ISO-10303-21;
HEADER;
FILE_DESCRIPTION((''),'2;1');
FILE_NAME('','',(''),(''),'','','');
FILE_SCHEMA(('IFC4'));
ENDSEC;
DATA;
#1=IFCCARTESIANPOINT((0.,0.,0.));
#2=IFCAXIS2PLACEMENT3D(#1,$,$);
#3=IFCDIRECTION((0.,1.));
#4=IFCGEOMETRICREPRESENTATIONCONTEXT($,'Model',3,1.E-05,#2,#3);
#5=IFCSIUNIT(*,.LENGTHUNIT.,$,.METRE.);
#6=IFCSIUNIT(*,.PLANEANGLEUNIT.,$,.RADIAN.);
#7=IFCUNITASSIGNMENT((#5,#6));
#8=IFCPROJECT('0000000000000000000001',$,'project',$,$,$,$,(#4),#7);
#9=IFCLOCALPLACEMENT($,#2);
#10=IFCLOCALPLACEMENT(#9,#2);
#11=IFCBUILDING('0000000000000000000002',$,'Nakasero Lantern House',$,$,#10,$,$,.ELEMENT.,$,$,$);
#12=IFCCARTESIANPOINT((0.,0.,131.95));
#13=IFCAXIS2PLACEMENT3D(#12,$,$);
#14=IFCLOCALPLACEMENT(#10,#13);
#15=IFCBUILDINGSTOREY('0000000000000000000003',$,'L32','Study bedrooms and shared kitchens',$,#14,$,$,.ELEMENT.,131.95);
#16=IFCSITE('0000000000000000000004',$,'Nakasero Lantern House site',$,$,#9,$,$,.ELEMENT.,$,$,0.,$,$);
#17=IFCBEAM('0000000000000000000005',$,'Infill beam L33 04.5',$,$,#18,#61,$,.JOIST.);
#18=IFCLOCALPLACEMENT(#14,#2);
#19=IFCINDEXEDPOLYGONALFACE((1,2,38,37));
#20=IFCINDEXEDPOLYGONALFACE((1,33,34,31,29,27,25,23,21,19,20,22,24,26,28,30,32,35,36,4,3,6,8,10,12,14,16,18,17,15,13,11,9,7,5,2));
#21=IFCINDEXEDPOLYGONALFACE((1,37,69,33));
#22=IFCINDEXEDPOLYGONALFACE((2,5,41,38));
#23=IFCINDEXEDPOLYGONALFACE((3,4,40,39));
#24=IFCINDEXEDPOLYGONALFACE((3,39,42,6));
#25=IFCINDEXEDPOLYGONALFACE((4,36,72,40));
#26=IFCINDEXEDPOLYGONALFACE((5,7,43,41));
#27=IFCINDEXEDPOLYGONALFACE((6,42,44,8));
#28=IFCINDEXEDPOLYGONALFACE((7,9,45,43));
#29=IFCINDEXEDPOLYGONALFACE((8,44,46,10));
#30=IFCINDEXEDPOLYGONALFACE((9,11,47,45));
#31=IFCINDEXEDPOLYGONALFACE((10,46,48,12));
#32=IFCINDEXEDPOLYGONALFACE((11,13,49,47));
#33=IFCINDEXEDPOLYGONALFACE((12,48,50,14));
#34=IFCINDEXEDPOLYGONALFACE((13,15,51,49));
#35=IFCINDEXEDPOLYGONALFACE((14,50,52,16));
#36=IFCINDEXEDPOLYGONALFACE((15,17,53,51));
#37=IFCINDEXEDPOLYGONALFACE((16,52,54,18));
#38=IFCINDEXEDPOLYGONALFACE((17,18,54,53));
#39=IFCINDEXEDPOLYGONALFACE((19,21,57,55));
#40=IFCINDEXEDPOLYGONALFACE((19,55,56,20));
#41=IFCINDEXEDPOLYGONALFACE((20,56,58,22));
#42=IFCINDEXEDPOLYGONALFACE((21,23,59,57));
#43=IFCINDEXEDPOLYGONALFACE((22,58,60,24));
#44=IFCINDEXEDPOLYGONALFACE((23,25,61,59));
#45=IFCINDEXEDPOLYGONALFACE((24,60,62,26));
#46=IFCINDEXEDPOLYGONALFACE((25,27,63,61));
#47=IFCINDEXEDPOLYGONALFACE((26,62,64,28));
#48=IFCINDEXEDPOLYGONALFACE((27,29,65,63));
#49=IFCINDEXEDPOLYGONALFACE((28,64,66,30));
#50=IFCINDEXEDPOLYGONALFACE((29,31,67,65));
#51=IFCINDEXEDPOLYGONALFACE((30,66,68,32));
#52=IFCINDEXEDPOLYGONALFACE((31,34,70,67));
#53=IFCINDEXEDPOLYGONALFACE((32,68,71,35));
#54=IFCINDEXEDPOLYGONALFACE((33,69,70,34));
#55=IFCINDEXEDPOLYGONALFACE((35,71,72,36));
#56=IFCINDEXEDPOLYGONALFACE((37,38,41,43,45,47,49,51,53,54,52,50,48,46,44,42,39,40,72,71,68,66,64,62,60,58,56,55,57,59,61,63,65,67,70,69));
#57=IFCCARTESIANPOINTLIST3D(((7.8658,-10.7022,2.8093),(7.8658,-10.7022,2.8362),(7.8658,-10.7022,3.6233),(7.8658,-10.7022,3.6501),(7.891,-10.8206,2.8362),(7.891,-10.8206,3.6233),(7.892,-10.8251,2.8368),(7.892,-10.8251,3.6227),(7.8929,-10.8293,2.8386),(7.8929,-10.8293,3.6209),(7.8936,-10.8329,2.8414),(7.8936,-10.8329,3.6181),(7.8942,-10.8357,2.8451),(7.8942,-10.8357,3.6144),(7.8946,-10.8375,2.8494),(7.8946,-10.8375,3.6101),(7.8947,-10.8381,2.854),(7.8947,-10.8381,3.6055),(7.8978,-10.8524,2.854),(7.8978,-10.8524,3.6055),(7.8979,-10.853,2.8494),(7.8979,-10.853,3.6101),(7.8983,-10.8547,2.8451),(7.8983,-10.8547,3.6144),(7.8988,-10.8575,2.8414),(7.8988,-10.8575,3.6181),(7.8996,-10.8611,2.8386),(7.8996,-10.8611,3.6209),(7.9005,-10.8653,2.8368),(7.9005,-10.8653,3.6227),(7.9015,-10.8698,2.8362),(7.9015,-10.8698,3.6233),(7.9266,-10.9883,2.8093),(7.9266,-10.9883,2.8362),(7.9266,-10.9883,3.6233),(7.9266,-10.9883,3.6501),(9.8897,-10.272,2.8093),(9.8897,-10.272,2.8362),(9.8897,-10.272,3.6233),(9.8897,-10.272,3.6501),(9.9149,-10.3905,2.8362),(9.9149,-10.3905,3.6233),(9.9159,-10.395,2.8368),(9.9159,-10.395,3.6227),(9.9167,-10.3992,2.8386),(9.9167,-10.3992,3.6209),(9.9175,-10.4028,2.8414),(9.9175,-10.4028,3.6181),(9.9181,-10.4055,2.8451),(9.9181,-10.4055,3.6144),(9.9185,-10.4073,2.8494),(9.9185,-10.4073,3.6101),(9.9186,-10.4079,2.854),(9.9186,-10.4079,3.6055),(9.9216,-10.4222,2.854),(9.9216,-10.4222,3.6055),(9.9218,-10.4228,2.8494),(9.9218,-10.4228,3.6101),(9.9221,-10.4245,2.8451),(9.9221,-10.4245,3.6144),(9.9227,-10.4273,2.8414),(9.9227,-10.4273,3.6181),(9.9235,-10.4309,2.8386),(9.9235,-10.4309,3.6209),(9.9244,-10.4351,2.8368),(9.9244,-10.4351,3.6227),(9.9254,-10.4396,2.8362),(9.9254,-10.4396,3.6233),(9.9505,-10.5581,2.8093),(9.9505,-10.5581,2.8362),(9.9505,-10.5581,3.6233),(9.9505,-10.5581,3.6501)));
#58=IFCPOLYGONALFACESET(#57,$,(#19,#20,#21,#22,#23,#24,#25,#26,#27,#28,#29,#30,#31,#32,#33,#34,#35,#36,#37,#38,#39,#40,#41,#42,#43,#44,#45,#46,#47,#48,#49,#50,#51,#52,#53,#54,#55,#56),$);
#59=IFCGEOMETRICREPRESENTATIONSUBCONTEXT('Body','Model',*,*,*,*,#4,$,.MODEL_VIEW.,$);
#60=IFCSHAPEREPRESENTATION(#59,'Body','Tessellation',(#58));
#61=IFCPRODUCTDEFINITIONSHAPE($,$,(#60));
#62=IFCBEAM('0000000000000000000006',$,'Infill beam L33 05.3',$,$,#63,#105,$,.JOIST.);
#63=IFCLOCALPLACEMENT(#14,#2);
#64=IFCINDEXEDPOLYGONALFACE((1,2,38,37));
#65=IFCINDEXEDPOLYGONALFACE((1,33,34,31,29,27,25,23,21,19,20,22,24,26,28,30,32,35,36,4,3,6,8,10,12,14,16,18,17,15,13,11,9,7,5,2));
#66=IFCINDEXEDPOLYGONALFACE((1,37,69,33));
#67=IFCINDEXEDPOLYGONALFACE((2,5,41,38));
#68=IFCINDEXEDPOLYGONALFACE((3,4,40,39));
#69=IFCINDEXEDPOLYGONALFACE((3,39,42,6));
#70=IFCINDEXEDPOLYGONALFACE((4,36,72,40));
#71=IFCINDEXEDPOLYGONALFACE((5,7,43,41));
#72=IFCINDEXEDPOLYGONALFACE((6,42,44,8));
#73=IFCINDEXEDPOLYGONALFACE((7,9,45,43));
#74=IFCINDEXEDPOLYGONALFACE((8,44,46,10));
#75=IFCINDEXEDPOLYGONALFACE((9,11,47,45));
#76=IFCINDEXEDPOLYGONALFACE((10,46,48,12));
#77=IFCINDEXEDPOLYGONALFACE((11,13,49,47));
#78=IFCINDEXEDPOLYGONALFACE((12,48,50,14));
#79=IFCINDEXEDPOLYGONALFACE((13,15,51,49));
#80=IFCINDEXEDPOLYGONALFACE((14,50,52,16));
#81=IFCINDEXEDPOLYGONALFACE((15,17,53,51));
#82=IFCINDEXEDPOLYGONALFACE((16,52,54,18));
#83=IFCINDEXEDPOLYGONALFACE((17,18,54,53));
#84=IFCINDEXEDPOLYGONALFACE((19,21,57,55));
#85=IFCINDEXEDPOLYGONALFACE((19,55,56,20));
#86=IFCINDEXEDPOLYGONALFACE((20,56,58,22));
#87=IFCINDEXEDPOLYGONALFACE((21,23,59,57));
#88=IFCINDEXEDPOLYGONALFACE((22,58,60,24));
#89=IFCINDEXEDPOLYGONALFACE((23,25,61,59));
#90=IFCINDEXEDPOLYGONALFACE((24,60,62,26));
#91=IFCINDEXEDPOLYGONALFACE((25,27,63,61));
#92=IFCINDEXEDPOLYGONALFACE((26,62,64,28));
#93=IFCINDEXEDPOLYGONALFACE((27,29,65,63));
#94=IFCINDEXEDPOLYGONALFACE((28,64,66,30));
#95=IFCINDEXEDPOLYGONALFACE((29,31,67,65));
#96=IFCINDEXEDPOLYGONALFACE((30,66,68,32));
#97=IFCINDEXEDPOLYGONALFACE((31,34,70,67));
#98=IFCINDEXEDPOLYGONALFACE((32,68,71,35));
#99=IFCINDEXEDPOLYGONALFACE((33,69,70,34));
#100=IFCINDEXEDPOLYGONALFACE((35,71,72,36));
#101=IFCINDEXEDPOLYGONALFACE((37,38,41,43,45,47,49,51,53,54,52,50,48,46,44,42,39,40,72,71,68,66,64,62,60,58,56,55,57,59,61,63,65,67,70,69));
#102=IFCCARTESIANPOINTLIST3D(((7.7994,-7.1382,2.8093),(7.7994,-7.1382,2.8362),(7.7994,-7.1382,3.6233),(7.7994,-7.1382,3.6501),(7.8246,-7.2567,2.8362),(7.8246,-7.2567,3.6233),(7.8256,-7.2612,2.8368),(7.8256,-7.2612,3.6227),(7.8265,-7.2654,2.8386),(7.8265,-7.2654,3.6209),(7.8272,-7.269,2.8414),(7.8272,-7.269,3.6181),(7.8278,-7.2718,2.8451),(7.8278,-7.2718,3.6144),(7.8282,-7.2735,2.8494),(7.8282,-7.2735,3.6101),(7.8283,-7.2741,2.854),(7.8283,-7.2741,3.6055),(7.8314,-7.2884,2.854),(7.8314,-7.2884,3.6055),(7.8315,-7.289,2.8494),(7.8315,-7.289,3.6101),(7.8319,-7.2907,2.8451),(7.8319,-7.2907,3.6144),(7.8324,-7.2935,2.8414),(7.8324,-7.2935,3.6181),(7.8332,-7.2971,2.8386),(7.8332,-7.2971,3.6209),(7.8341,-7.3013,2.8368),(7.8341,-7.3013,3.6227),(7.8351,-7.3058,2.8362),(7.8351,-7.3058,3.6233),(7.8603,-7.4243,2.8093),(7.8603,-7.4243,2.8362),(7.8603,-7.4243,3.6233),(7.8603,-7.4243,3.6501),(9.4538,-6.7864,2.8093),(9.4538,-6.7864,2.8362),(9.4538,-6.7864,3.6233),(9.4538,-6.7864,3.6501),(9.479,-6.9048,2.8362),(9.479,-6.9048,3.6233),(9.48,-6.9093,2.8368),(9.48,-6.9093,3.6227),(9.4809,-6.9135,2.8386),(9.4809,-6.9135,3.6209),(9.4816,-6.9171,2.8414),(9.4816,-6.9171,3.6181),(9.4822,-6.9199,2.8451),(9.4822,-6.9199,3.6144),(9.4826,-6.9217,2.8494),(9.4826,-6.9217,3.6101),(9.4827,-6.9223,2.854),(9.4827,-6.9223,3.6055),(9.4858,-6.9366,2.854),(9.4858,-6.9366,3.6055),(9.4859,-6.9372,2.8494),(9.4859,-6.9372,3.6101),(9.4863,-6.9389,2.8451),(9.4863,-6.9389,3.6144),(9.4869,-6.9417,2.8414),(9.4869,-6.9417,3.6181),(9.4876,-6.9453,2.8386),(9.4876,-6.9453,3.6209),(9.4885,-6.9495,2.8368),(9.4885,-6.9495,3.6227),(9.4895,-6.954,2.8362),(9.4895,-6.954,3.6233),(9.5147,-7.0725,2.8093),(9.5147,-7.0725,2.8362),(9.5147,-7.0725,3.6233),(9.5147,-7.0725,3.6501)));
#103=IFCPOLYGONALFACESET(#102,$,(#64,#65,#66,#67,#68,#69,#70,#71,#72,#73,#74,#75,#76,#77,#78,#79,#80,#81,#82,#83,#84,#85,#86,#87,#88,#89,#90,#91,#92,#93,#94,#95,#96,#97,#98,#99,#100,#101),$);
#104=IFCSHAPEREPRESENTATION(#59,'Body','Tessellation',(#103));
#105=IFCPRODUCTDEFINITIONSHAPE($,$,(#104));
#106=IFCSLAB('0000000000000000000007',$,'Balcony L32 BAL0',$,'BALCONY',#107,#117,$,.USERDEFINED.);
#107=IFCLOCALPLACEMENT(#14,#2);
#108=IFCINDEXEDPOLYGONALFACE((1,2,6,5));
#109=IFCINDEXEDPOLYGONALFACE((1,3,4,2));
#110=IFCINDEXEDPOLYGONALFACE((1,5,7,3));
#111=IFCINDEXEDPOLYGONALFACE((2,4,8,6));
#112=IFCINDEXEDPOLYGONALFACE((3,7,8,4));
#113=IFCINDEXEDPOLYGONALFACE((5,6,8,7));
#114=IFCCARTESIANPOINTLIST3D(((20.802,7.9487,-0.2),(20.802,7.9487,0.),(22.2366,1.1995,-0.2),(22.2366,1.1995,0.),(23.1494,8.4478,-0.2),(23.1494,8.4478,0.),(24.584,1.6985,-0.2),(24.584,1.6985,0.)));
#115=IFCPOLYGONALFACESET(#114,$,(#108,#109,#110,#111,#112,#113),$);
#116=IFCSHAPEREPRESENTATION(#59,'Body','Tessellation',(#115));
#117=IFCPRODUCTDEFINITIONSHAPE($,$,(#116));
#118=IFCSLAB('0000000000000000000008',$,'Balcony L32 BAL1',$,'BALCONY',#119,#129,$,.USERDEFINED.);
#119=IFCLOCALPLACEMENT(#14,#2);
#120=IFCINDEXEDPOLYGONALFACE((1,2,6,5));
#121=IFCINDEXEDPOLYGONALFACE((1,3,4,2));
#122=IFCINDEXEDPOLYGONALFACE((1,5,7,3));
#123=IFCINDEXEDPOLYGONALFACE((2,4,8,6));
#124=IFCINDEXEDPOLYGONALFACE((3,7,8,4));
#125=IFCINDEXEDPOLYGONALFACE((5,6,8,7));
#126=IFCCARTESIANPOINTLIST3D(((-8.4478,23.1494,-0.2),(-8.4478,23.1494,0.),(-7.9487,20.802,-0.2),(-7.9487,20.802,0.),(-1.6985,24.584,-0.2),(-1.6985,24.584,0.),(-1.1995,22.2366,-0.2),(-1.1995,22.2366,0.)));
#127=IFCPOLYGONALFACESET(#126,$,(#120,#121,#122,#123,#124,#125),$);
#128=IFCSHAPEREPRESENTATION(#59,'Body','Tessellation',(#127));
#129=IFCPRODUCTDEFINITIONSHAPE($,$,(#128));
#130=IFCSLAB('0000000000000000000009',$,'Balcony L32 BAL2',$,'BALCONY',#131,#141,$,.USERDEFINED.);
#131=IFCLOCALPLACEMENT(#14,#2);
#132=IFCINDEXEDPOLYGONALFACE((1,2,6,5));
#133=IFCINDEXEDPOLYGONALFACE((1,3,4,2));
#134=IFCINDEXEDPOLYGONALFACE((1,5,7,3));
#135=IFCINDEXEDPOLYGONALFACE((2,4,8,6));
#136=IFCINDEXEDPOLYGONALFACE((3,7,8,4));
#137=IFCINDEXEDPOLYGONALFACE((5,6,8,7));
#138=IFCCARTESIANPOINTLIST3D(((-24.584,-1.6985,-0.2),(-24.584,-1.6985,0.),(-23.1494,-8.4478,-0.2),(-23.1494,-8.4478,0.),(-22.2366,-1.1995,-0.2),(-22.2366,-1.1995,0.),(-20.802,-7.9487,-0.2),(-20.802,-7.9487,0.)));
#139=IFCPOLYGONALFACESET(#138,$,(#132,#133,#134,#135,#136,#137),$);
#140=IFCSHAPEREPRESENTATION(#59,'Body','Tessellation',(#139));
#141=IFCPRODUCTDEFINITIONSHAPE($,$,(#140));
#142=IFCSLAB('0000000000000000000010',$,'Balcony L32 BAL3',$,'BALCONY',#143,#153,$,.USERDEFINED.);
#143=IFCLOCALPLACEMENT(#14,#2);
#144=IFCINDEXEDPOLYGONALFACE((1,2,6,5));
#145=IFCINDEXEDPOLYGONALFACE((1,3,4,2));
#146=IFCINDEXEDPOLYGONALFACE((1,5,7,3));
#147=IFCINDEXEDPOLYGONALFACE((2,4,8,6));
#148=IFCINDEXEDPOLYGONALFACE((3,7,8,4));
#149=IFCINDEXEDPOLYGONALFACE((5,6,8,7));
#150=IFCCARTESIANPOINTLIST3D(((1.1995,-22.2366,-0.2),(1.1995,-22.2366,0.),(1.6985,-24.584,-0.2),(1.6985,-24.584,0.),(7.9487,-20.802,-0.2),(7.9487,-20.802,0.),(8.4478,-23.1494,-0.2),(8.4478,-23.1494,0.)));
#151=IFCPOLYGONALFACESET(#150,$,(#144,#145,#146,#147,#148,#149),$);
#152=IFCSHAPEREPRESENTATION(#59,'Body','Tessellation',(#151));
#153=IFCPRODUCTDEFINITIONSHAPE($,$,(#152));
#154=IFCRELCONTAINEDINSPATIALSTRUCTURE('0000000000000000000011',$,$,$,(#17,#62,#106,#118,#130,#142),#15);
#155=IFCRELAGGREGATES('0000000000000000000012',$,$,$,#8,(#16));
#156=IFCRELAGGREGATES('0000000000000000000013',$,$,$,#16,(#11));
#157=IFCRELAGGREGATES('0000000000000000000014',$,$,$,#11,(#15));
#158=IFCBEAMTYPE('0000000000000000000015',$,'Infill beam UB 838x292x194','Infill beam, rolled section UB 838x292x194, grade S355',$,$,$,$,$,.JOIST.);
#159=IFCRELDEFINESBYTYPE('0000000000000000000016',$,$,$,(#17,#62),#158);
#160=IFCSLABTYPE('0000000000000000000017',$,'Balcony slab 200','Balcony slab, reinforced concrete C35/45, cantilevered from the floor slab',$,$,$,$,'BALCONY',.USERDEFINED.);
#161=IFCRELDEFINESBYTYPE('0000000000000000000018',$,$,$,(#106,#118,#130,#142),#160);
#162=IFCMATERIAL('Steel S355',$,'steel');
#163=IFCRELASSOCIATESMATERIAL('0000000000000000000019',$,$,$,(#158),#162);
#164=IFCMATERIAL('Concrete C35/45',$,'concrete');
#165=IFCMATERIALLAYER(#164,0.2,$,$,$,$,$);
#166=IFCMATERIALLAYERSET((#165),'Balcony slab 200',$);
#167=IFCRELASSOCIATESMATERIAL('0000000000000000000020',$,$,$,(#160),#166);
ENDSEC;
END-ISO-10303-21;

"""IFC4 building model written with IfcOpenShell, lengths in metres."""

from ifc_helpers import new_model, si_unit, direction, frame, origin, origin_2d, place, context, subcontext, project, spatial, polyline, i_section, outline, extrude, material, layer, layer_set, material_profile, profile_set, type_object, element, save


model = new_model("IFC4")

# Units and contexts
model_context = context("Model", 3, precision=1e-05, world=origin(), true_north=direction((0.0, 1.0)))
body_context = subcontext(model_context, "Body", "Model", "MODEL_VIEW")
ifc_project = project(units=[si_unit("LENGTHUNIT", "METRE"), si_unit("PLANEANGLEUNIT", "RADIAN")], contexts=[model_context])

# Site, building, storey
site_placement = place(None, origin())
site = spatial("IfcSite", under=ifc_project, at=site_placement, Name="Nakasero Lantern House site", CompositionType="ELEMENT", RefElevation=0.0)
building_placement = place(site_placement, origin())
building = spatial("IfcBuilding", under=site, at=building_placement, Name="Nakasero Lantern House", CompositionType="ELEMENT")
storey_placement = place(building_placement, frame((0.0, 0.0, 131.95)))
storey = spatial("IfcBuildingStorey", under=building, at=storey_placement, Name="L32", Description="Study bedrooms and shared kitchens", CompositionType="ELEMENT", Elevation=131.95)

# Beams
ifc_material_1 = material(Name="Steel S355", Category="steel")
ifc_material_profile = material_profile(ifc_material_1, i_section(OverallWidth=0.2925, OverallDepth=0.8408, WebThickness=0.0146, FlangeThickness=0.0269, FilletRadius=0.0178, at=origin_2d()), Name="UB 838x292x194")
ifc_profile_set = profile_set([ifc_material_profile], Name="Steel S355")
beam_type = type_object("IfcBeamType", Name="Infill beam UB 838x292x194", Description="Infill beam, rolled section UB 838x292x194, grade S355", PredefinedType="JOIST", material=ifc_profile_set)
beam_1_placement = place(storey_placement, frame((7.8962, -10.8452, 3.2297), z_axis=(0.97815, 0.207901, 0.0), x_axis=(-0.207901, 0.97815, 0.0)))
element("IfcBeam", 1, at=beam_1_placement, inside=storey, type_object=beam_type, Name="Infill beam L33 04.5", PredefinedType="JOIST", context=body_context, shape_type="SweptSolid", body=[
    extrude(i_section(OverallWidth=0.2925, OverallDepth=0.8408, WebThickness=0.0146, FlangeThickness=0.0269, FilletRadius=0.0178, at=origin_2d()), origin(), (0.0, 0.0, 1.0), 2.0691),
])
beam_2_placement = place(storey_placement, frame((7.8298, -7.2812, 3.2297), z_axis=(0.978127, 0.208011, 0.0), x_axis=(-0.208011, 0.978127, 0.0)))
element("IfcBeam", 2, at=beam_2_placement, inside=storey, type_object=beam_type, Name="Infill beam L33 05.3", PredefinedType="JOIST", context=body_context, shape_type="SweptSolid", body=[
    extrude(i_section(OverallWidth=0.2925, OverallDepth=0.8408, WebThickness=0.0146, FlangeThickness=0.0269, FilletRadius=0.0178, at=origin_2d()), origin(), (0.0, 0.0, 1.0), 1.6914),
])

# Slabs
ifc_material_2 = material(Name="Concrete C35/45", Category="concrete")
ifc_layer_1 = layer(ifc_material_2, 0.2)
ifc_layer_set_1 = layer_set([ifc_layer_1], Name="Balcony slab 200")
slab_type_1 = type_object("IfcSlabType", Name="Balcony slab 200", Description="Balcony slab, reinforced concrete C35/45, cantilevered from the floor slab", ElementType="BALCONY", PredefinedType="USERDEFINED", material=ifc_layer_set_1)
slab_1_placement = place(storey_placement, frame((0.0, 0.0, -0.2)))
element("IfcSlab", 3, at=slab_1_placement, inside=storey, type_object=slab_type_1, Name="Balcony L32 BAL0", ObjectType="BALCONY", PredefinedType="USERDEFINED", context=body_context, shape_type="SweptSolid", body=[
    extrude(outline(polyline([(22.2366, 1.1995), (24.584, 1.6985), (23.1494, 8.4478), (20.802, 7.9487), (22.2366, 1.1995)])), origin(), (0.0, 0.0, 1.0), 0.2),
])
slab_2_placement = place(storey_placement, frame((0.0, 0.0, -0.2)))
element("IfcSlab", 4, at=slab_2_placement, inside=storey, type_object=slab_type_1, Name="Balcony L32 BAL1", ObjectType="BALCONY", PredefinedType="USERDEFINED", context=body_context, shape_type="SweptSolid", body=[
    extrude(outline(polyline([(-1.1995, 22.2366), (-1.6985, 24.584), (-8.4478, 23.1494), (-7.9487, 20.802), (-1.1995, 22.2366)])), origin(), (0.0, 0.0, 1.0), 0.2),
])
slab_3_placement = place(storey_placement, frame((0.0, 0.0, -0.2)))
element("IfcSlab", 5, at=slab_3_placement, inside=storey, type_object=slab_type_1, Name="Balcony L32 BAL2", ObjectType="BALCONY", PredefinedType="USERDEFINED", context=body_context, shape_type="SweptSolid", body=[
    extrude(outline(polyline([(-22.2366, -1.1995), (-24.584, -1.6985), (-23.1494, -8.4478), (-20.802, -7.9487), (-22.2366, -1.1995)])), origin(), (0.0, 0.0, 1.0), 0.2),
])
slab_4_placement = place(storey_placement, frame((0.0, 0.0, -0.2)))
element("IfcSlab", 6, at=slab_4_placement, inside=storey, type_object=slab_type_1, Name="Balcony L32 BAL3", ObjectType="BALCONY", PredefinedType="USERDEFINED", context=body_context, shape_type="SweptSolid", body=[
    extrude(outline(polyline([(1.1995, -22.2366), (1.6985, -24.584), (8.4478, -23.1494), (7.9487, -20.802), (1.1995, -22.2366)])), origin(), (0.0, 0.0, 1.0), 0.2),
])

save(model, "model.ifc")
